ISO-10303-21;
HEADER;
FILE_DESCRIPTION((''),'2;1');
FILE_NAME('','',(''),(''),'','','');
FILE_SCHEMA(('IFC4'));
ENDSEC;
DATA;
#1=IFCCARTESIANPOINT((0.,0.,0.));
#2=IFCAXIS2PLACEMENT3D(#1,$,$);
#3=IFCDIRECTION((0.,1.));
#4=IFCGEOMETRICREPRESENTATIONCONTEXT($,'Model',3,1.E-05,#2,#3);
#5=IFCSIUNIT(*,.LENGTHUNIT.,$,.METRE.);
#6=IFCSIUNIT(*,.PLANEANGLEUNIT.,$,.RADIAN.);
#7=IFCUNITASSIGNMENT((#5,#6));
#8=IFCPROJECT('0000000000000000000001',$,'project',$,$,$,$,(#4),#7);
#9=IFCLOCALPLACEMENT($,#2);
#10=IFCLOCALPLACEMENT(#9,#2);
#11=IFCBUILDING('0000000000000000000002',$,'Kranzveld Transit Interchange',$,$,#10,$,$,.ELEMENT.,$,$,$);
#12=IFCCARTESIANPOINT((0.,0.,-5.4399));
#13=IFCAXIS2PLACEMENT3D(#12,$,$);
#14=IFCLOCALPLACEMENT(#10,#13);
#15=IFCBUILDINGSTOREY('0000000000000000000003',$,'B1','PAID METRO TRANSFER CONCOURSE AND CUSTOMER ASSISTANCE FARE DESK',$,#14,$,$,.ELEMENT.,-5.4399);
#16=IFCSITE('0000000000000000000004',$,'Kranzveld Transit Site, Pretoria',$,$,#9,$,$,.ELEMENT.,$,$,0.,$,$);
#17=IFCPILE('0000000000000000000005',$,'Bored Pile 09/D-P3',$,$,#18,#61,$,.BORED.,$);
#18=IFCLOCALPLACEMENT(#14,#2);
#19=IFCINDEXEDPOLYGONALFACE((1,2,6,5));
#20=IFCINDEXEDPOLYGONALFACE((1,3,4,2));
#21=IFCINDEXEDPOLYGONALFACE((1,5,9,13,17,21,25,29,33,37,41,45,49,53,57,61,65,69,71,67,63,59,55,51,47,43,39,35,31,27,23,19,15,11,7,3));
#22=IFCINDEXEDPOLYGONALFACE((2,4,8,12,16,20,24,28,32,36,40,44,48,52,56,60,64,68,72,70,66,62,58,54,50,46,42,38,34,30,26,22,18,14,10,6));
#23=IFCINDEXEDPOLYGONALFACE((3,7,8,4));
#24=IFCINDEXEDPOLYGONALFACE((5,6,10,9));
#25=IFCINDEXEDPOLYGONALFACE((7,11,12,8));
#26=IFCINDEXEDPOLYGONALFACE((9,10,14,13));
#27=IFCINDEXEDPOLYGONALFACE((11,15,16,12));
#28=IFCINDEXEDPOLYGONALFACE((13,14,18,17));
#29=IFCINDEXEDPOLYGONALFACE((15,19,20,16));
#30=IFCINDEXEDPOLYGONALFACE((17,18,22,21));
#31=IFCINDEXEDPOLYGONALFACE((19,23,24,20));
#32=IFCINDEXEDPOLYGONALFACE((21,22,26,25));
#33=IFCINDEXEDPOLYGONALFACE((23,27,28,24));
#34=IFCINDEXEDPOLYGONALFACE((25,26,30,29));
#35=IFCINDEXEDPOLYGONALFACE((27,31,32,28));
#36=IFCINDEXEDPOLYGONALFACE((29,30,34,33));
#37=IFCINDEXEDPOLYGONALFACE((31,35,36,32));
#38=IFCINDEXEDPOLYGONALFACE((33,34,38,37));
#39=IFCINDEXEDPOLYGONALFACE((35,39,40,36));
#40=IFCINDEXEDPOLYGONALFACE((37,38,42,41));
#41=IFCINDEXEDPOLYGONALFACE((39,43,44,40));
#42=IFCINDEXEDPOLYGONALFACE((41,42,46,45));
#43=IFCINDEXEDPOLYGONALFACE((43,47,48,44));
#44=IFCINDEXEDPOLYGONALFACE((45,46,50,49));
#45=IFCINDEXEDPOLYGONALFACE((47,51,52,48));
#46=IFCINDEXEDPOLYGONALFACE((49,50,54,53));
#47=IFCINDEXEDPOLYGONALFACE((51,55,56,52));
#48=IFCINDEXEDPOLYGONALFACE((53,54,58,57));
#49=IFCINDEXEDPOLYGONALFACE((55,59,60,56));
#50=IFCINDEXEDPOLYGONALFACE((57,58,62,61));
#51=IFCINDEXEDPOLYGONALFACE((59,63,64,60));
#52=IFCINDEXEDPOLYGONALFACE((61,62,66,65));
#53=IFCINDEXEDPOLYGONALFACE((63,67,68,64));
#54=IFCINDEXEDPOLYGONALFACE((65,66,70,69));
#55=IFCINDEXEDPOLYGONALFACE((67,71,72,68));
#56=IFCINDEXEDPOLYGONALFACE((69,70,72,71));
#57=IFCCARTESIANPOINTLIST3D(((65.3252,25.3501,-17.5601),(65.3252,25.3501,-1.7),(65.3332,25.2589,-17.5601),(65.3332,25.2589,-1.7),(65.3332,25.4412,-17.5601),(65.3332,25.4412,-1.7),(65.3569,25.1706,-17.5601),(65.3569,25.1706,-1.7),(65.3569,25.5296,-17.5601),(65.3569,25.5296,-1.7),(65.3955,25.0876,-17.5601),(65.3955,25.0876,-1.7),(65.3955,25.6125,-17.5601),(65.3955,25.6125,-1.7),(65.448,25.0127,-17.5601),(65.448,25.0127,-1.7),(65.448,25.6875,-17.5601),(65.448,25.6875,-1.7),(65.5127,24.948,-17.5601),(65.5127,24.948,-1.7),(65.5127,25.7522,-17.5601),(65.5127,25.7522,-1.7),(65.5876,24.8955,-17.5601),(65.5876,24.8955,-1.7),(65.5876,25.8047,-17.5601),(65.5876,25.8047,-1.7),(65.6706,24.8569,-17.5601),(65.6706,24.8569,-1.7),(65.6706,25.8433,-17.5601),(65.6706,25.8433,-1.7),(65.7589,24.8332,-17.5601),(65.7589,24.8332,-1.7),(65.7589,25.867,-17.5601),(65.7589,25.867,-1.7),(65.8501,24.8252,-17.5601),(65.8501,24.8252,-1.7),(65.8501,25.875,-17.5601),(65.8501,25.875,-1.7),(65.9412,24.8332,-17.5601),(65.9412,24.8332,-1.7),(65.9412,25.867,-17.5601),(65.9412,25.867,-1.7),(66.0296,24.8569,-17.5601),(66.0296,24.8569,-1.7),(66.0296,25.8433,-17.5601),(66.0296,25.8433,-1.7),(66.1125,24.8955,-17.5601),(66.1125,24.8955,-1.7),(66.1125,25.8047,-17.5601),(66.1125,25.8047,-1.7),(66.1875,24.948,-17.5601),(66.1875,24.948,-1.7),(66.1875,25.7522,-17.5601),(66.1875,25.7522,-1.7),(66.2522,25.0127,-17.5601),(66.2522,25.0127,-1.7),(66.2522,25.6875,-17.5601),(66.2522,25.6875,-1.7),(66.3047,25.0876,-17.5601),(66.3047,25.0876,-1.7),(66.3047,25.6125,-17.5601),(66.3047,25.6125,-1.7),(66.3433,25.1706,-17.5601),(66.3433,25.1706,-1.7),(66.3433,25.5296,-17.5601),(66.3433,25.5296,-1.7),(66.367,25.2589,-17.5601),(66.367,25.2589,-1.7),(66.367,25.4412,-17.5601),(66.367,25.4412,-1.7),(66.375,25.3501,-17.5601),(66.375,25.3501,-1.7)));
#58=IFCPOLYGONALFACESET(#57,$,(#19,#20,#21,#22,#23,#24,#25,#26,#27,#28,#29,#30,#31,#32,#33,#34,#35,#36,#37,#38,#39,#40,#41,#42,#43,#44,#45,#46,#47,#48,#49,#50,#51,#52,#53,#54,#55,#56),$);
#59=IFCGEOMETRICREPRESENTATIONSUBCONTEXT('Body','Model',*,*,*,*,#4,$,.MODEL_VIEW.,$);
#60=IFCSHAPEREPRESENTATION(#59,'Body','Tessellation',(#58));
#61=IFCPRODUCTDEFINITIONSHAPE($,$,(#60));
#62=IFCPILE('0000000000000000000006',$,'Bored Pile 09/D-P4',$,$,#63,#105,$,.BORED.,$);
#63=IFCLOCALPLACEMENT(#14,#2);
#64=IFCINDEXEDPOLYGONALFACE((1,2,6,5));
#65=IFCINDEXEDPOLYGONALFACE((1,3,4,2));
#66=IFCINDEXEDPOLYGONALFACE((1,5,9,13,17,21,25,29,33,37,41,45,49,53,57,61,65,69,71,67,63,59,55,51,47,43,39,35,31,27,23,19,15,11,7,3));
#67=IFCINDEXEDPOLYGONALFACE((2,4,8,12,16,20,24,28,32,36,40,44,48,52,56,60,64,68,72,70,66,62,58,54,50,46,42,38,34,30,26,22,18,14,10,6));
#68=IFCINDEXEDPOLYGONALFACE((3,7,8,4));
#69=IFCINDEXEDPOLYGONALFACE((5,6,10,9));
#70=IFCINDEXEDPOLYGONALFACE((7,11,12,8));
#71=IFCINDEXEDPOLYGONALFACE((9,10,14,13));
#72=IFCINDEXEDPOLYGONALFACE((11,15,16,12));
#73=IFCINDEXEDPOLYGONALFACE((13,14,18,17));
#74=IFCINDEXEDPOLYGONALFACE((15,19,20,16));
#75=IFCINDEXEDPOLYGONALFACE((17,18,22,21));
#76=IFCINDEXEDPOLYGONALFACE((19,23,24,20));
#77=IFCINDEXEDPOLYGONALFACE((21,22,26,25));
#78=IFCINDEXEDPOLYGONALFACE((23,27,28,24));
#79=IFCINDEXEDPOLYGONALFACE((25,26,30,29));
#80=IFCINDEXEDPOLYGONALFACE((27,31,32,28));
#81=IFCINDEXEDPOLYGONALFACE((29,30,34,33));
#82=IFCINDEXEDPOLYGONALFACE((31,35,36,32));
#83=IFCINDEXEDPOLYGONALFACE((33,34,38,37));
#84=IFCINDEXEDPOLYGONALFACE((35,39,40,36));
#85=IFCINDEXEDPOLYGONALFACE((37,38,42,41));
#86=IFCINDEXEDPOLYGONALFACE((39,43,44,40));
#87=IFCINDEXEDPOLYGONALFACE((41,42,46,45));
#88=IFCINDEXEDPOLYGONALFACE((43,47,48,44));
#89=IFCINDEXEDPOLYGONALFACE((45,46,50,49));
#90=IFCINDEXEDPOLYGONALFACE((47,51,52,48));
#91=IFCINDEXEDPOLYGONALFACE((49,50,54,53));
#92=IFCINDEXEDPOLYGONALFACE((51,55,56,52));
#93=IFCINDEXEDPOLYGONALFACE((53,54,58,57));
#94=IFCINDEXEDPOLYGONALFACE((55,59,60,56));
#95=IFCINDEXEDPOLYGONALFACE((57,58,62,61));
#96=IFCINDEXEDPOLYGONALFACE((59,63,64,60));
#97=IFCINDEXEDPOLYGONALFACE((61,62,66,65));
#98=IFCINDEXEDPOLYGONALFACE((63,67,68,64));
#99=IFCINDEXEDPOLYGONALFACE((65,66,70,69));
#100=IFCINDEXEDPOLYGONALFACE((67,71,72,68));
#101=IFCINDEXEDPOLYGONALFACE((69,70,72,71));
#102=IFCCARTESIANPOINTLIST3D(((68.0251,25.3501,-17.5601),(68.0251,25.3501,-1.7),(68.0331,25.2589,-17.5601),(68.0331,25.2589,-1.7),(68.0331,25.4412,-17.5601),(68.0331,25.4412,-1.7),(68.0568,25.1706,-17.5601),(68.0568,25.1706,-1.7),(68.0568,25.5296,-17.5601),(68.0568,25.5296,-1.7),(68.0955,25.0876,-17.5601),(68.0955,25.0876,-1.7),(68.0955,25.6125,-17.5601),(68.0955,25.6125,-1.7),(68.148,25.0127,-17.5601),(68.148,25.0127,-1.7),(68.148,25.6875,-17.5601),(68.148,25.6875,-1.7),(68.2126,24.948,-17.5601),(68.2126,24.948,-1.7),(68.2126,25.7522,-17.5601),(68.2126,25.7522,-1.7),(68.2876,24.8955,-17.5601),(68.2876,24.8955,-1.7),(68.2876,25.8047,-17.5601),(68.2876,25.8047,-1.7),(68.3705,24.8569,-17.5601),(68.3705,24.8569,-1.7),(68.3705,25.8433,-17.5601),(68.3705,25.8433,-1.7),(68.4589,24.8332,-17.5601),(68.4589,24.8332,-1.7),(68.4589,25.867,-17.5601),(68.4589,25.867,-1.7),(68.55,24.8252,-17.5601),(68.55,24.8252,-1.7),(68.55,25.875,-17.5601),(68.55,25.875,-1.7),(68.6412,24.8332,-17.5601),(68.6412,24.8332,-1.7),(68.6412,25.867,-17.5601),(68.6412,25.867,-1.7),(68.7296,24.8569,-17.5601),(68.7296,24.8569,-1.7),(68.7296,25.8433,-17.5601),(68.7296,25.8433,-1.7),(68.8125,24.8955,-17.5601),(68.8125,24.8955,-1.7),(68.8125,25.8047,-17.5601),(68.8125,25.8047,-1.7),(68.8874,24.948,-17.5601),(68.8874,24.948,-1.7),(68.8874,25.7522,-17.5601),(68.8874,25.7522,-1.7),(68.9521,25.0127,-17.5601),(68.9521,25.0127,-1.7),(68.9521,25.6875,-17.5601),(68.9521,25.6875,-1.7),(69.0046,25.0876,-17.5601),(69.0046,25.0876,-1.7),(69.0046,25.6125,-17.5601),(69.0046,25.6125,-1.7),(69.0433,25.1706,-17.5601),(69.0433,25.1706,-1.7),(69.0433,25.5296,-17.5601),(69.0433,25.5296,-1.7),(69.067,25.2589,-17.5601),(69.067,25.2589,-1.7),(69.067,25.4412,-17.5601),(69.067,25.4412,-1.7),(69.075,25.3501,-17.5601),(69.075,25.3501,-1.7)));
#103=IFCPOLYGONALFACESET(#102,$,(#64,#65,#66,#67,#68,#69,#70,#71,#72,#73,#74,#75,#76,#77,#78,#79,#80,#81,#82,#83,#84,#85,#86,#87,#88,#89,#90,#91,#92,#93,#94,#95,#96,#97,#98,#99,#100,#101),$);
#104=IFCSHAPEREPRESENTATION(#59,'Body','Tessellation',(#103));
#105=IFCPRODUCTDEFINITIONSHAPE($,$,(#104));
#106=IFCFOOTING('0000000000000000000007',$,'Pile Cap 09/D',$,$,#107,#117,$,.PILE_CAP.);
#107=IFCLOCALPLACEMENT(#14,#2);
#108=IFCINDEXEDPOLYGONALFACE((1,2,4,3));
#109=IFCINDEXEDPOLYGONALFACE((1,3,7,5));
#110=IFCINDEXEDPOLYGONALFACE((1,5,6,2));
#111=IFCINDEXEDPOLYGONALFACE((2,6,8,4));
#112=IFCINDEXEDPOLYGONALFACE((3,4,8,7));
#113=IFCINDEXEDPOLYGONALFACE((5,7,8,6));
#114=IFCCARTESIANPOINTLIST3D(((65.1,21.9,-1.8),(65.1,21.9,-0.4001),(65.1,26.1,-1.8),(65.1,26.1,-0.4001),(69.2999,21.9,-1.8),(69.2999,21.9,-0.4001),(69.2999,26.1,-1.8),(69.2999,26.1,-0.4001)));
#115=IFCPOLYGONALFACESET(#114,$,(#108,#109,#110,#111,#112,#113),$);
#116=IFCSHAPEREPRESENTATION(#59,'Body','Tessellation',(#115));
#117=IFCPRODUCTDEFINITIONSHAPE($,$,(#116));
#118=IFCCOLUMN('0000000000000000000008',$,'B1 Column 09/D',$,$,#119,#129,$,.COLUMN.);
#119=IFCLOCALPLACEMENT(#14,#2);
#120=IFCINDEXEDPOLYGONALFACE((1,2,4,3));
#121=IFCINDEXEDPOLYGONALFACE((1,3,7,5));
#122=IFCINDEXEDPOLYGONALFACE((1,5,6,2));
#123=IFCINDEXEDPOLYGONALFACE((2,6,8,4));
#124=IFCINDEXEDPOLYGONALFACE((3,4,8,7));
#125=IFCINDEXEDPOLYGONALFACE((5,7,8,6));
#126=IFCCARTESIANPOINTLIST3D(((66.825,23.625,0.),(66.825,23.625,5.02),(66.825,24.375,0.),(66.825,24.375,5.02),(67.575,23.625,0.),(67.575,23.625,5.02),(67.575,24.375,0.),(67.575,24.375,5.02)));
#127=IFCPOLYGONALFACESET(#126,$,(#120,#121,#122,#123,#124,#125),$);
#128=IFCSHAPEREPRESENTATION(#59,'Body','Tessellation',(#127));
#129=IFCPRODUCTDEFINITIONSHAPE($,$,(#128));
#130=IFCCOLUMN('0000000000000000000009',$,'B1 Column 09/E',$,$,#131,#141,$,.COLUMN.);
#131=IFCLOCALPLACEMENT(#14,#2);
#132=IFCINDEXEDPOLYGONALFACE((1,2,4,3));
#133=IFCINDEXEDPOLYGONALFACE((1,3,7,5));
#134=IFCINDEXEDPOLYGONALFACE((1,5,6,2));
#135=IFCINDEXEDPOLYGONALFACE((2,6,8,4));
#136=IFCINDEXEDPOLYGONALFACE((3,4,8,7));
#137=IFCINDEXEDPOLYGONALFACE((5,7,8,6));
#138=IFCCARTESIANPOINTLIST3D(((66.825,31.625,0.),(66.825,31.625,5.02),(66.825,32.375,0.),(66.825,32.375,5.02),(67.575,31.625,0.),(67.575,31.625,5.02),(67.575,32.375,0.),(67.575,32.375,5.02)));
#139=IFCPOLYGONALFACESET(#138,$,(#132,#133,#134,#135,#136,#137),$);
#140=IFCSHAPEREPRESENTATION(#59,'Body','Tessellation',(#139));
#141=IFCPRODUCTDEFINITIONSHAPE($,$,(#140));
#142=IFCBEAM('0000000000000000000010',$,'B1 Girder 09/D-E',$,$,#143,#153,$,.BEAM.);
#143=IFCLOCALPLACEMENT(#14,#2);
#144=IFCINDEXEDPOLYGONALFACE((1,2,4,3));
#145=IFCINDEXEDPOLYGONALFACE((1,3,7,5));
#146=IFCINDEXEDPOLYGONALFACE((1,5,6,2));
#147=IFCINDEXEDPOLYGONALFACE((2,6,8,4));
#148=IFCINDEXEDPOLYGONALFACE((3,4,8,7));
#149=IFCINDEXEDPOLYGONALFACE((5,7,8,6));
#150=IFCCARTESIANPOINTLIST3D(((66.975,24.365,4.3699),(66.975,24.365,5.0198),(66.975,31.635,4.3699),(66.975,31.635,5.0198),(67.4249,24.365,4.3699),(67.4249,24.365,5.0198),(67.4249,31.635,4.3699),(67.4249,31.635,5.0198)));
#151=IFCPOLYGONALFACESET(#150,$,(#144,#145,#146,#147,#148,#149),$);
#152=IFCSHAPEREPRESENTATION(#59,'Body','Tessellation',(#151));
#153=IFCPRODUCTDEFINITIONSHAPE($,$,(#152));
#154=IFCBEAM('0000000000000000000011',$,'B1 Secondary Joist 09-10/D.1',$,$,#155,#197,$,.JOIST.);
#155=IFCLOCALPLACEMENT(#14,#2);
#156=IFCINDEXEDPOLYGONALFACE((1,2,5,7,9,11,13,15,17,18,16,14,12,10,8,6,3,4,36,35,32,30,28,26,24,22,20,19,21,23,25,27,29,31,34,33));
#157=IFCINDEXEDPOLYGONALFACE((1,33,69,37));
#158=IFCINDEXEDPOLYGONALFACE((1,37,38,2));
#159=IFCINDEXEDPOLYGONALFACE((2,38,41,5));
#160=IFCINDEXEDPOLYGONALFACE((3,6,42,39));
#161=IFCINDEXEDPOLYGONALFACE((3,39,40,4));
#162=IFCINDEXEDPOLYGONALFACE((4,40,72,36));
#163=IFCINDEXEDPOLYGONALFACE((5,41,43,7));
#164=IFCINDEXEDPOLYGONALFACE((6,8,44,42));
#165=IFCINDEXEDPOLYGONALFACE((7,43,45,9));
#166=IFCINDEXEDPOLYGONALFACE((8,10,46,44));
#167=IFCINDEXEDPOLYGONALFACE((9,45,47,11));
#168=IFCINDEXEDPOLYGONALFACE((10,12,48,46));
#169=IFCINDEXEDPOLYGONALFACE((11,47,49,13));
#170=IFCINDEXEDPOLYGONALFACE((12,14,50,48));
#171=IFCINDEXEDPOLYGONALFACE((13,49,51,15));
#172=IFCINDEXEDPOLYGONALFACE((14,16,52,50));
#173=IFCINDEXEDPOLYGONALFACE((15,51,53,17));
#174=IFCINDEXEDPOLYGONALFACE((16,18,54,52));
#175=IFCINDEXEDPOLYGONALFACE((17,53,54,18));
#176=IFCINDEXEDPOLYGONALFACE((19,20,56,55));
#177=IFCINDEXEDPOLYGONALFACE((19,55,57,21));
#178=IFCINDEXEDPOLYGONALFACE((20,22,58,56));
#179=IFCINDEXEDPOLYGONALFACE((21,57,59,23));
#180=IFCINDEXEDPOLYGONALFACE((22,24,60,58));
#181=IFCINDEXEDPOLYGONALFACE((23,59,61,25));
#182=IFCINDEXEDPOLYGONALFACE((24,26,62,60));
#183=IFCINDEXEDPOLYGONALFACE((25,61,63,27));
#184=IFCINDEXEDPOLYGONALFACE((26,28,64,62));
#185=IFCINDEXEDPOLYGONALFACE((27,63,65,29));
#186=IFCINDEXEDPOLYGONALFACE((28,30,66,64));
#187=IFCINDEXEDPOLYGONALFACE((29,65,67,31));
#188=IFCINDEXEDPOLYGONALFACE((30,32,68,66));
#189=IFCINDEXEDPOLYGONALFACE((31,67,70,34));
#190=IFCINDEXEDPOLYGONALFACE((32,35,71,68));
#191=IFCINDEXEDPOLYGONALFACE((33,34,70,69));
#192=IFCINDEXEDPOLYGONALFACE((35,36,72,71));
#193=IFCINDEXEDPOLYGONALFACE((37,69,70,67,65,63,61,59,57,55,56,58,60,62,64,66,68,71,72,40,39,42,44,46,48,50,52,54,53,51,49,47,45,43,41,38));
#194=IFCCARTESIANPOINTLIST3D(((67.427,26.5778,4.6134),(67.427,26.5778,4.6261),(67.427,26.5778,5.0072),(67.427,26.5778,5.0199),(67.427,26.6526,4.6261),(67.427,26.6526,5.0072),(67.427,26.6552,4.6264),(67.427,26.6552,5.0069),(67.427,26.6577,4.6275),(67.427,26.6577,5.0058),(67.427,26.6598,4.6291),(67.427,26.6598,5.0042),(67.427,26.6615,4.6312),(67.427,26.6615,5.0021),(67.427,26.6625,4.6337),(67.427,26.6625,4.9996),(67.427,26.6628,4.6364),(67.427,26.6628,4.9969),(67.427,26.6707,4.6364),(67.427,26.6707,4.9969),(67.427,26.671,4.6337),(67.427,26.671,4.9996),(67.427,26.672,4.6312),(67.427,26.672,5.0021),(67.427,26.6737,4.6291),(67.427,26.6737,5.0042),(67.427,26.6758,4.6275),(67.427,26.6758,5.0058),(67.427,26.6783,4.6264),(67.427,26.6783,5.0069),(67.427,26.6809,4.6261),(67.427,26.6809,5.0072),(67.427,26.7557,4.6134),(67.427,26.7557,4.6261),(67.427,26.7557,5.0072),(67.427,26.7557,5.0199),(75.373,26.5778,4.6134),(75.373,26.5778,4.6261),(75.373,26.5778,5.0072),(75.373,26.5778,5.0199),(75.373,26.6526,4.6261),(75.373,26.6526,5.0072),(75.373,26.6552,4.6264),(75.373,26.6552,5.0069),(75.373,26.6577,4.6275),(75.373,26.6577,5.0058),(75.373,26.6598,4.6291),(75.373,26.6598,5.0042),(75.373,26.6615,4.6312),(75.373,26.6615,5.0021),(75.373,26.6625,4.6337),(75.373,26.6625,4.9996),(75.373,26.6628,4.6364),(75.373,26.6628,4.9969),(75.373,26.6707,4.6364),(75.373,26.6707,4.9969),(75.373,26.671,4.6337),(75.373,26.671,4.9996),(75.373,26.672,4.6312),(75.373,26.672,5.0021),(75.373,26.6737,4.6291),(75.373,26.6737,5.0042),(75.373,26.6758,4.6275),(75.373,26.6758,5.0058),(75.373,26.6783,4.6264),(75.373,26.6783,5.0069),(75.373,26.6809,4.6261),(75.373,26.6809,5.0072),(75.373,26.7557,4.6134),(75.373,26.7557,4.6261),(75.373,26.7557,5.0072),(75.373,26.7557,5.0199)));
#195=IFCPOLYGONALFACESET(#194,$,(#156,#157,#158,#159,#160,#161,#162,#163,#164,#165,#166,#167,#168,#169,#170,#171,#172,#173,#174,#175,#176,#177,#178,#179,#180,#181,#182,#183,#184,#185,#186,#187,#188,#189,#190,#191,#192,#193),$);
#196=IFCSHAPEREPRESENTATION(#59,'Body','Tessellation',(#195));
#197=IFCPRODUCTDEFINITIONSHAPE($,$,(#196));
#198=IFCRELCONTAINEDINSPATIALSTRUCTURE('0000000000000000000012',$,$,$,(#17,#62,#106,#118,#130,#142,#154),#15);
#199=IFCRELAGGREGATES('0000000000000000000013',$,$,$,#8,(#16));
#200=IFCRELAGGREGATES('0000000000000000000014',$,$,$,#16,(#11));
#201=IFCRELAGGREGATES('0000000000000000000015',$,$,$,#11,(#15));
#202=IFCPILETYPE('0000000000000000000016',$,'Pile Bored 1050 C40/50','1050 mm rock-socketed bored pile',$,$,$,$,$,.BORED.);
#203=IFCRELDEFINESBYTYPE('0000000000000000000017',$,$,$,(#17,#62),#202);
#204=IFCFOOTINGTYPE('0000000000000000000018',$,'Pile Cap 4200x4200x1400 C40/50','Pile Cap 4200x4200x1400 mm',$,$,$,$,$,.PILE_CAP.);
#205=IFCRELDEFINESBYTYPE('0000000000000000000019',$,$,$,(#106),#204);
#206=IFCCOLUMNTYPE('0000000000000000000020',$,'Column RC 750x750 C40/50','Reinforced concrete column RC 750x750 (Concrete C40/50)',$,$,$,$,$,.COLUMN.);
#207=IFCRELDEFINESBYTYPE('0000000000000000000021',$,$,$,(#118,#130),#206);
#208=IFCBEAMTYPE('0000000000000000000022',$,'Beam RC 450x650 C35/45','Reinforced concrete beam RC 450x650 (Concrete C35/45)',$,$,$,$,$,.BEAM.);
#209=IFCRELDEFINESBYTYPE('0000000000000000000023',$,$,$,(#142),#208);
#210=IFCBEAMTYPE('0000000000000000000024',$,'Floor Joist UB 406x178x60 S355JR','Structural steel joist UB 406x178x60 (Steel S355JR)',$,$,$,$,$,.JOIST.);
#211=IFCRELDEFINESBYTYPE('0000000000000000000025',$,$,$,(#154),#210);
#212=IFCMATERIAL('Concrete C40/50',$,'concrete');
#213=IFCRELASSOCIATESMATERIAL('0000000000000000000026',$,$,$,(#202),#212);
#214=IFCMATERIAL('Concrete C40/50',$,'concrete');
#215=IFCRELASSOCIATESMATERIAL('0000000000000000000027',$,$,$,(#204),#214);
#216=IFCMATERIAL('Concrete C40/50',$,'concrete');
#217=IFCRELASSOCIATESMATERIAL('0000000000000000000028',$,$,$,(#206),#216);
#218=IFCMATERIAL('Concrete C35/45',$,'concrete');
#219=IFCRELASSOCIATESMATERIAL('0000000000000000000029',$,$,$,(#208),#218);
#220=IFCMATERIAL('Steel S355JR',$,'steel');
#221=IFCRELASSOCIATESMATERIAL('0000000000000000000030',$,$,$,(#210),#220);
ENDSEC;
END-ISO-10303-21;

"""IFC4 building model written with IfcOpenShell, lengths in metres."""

from ifc_helpers import new_model, si_unit, direction, frame, origin, origin_2d, place, context, subcontext, project, spatial, rectangle, circle, i_section, extrude, material, material_profile, profile_set, type_object, element, save


model = new_model("IFC4")

# Units and contexts
model_context = context("Model", 3, precision=1e-05, world=origin(), true_north=direction((0.0, 1.0)))
body_context = subcontext(model_context, "Body", "Model", "MODEL_VIEW")
ifc_project = project(units=[si_unit("LENGTHUNIT", "METRE"), si_unit("PLANEANGLEUNIT", "RADIAN")], contexts=[model_context])

# Site, building, storey
site_placement = place(None, origin())
site = spatial("IfcSite", under=ifc_project, at=site_placement, Name="Kranzveld Transit Site, Pretoria", CompositionType="ELEMENT", RefElevation=0.0)
building_placement = place(site_placement, origin())
building = spatial("IfcBuilding", under=site, at=building_placement, Name="Kranzveld Transit Interchange", CompositionType="ELEMENT")
storey_placement = place(building_placement, frame((0.0, 0.0, -5.4399)))
storey = spatial("IfcBuildingStorey", under=building, at=storey_placement, Name="B1", Description="PAID METRO TRANSFER CONCOURSE AND CUSTOMER ASSISTANCE FARE DESK", CompositionType="ELEMENT", Elevation=-5.4399)

# Piles
ifc_material_1 = material(Name="Concrete C40/50", Category="concrete")
ifc_material_profile_1 = material_profile(ifc_material_1, circle(Radius=0.5249, at=origin_2d()), Name="BORED PILE 1050")
ifc_profile_set_1 = profile_set([ifc_material_profile_1], Name="Concrete C40/50")
pile_type = type_object("IfcPileType", Name="Pile Bored 1050 C40/50", Description="1050 mm rock-socketed bored pile", PredefinedType="BORED", material=ifc_profile_set_1)
for number, where, z_axis, x_axis, name in (
    (1, (65.8501, 25.3501, -1.7), (0.0, 0.0, -1.0), (1.0, 0.0, 0.0), "Bored Pile 09/D-P3"),
    (2, (68.55, 25.3501, -1.7), (0.0, 0.0, -1.0), (1.0, 0.0, 0.0), "Bored Pile 09/D-P4"),
):
    element("IfcPile", number, at=place(storey_placement, frame(where, z_axis=z_axis, x_axis=x_axis)), inside=storey, type_object=pile_type, Name=name, PredefinedType="BORED", context=body_context, shape_type="SweptSolid", body=[
        extrude(circle(Radius=0.5249, at=origin_2d()), origin(), (0.0, 0.0, 1.0), 15.8601),
    ])

# Footing
ifc_material_2 = material(Name="Concrete C40/50", Category="concrete")
footing_type = type_object("IfcFootingType", Name="Pile Cap 4200x4200x1400 C40/50", Description="Pile Cap 4200x4200x1400 mm", PredefinedType="PILE_CAP", material=ifc_material_2)
footing_placement = place(storey_placement, frame((67.2, 24.0, -1.8), z_axis=(0.0, 0.0, 1.0), x_axis=(1.0, 0.0, 0.0)))
element("IfcFooting", 3, at=footing_placement, inside=storey, type_object=footing_type, Name="Pile Cap 09/D", PredefinedType="PILE_CAP", context=body_context, shape_type="SweptSolid", body=[
    extrude(rectangle(XDim=4.2, YDim=4.2, at=origin_2d()), origin(), (0.0, 0.0, 1.0), 1.3999),
])

# Columns
ifc_material_3 = material(Name="Concrete C40/50", Category="concrete")
ifc_material_profile_2 = material_profile(ifc_material_3, rectangle(XDim=0.75, YDim=0.75, at=origin_2d()), Name="RC 750x750")
ifc_profile_set_2 = profile_set([ifc_material_profile_2], Name="Concrete C40/50")
column_type = type_object("IfcColumnType", Name="Column RC 750x750 C40/50", Description="Reinforced concrete column RC 750x750 (Concrete C40/50)", PredefinedType="COLUMN", material=ifc_profile_set_2)
for number, where, z_axis, x_axis, name in (
    (4, (67.2, 24.0, 0.0), (0.0, 0.0, 1.0), (1.0, 0.0, 0.0), "B1 Column 09/D"),
    (5, (67.2, 32.0, 0.0), (0.0, 0.0, 1.0), (1.0, 0.0, 0.0), "B1 Column 09/E"),
):
    element("IfcColumn", number, at=place(storey_placement, frame(where, z_axis=z_axis, x_axis=x_axis)), inside=storey, type_object=column_type, Name=name, PredefinedType="COLUMN", context=body_context, shape_type="SweptSolid", body=[
        extrude(rectangle(XDim=0.75, YDim=0.75, at=origin_2d()), origin(), (0.0, 0.0, 1.0), 5.02),
    ])

# Beams
ifc_material_4 = material(Name="Concrete C35/45", Category="concrete")
ifc_material_profile_3 = material_profile(ifc_material_4, rectangle(XDim=0.45, YDim=0.6499, at=origin_2d()), Name="RC 450x650")
ifc_profile_set_3 = profile_set([ifc_material_profile_3], Name="Concrete C35/45")
beam_type_1 = type_object("IfcBeamType", Name="Beam RC 450x650 C35/45", Description="Reinforced concrete beam RC 450x650 (Concrete C35/45)", PredefinedType="BEAM", material=ifc_profile_set_3)
beam_1_placement = place(storey_placement, frame((67.2, 24.365, 4.6948), z_axis=(0.0, 1.0, 0.0), x_axis=(-1.0, 0.0, 0.0)))
element("IfcBeam", 6, at=beam_1_placement, inside=storey, type_object=beam_type_1, Name="B1 Girder 09/D-E", PredefinedType="BEAM", context=body_context, shape_type="SweptSolid", body=[
    extrude(rectangle(XDim=0.45, YDim=0.6499, at=origin_2d()), origin(), (0.0, 0.0, 1.0), 7.27),
])
ifc_material_5 = material(Name="Steel S355JR", Category="steel")
ifc_material_profile_4 = material_profile(ifc_material_5, i_section(OverallWidth=0.178, OverallDepth=0.4065, WebThickness=0.0078, FlangeThickness=0.0127, FilletRadius=0.0103, at=origin_2d()), Name="UB 406x178x60")
ifc_profile_set_4 = profile_set([ifc_material_profile_4], Name="Steel S355JR")
beam_type_2 = type_object("IfcBeamType", Name="Floor Joist UB 406x178x60 S355JR", Description="Structural steel joist UB 406x178x60 (Steel S355JR)", PredefinedType="JOIST", material=ifc_profile_set_4)
for number, where, z_axis, x_axis, name in (
    (7, (67.427, 26.6667, 4.8167), (1.0, 0.0, 0.0), (0.0, 1.0, 0.0), "B1 Secondary Joist 09-10/D.1"),
):
    element("IfcBeam", number, at=place(storey_placement, frame(where, z_axis=z_axis, x_axis=x_axis)), inside=storey, type_object=beam_type_2, Name=name, PredefinedType="JOIST", context=body_context, shape_type="SweptSolid", body=[
        extrude(i_section(OverallWidth=0.178, OverallDepth=0.4065, WebThickness=0.0078, FlangeThickness=0.0127, FilletRadius=0.0103, at=origin_2d()), origin(), (0.0, 0.0, 1.0), 7.946),
    ])

save(model, "model.ifc")
